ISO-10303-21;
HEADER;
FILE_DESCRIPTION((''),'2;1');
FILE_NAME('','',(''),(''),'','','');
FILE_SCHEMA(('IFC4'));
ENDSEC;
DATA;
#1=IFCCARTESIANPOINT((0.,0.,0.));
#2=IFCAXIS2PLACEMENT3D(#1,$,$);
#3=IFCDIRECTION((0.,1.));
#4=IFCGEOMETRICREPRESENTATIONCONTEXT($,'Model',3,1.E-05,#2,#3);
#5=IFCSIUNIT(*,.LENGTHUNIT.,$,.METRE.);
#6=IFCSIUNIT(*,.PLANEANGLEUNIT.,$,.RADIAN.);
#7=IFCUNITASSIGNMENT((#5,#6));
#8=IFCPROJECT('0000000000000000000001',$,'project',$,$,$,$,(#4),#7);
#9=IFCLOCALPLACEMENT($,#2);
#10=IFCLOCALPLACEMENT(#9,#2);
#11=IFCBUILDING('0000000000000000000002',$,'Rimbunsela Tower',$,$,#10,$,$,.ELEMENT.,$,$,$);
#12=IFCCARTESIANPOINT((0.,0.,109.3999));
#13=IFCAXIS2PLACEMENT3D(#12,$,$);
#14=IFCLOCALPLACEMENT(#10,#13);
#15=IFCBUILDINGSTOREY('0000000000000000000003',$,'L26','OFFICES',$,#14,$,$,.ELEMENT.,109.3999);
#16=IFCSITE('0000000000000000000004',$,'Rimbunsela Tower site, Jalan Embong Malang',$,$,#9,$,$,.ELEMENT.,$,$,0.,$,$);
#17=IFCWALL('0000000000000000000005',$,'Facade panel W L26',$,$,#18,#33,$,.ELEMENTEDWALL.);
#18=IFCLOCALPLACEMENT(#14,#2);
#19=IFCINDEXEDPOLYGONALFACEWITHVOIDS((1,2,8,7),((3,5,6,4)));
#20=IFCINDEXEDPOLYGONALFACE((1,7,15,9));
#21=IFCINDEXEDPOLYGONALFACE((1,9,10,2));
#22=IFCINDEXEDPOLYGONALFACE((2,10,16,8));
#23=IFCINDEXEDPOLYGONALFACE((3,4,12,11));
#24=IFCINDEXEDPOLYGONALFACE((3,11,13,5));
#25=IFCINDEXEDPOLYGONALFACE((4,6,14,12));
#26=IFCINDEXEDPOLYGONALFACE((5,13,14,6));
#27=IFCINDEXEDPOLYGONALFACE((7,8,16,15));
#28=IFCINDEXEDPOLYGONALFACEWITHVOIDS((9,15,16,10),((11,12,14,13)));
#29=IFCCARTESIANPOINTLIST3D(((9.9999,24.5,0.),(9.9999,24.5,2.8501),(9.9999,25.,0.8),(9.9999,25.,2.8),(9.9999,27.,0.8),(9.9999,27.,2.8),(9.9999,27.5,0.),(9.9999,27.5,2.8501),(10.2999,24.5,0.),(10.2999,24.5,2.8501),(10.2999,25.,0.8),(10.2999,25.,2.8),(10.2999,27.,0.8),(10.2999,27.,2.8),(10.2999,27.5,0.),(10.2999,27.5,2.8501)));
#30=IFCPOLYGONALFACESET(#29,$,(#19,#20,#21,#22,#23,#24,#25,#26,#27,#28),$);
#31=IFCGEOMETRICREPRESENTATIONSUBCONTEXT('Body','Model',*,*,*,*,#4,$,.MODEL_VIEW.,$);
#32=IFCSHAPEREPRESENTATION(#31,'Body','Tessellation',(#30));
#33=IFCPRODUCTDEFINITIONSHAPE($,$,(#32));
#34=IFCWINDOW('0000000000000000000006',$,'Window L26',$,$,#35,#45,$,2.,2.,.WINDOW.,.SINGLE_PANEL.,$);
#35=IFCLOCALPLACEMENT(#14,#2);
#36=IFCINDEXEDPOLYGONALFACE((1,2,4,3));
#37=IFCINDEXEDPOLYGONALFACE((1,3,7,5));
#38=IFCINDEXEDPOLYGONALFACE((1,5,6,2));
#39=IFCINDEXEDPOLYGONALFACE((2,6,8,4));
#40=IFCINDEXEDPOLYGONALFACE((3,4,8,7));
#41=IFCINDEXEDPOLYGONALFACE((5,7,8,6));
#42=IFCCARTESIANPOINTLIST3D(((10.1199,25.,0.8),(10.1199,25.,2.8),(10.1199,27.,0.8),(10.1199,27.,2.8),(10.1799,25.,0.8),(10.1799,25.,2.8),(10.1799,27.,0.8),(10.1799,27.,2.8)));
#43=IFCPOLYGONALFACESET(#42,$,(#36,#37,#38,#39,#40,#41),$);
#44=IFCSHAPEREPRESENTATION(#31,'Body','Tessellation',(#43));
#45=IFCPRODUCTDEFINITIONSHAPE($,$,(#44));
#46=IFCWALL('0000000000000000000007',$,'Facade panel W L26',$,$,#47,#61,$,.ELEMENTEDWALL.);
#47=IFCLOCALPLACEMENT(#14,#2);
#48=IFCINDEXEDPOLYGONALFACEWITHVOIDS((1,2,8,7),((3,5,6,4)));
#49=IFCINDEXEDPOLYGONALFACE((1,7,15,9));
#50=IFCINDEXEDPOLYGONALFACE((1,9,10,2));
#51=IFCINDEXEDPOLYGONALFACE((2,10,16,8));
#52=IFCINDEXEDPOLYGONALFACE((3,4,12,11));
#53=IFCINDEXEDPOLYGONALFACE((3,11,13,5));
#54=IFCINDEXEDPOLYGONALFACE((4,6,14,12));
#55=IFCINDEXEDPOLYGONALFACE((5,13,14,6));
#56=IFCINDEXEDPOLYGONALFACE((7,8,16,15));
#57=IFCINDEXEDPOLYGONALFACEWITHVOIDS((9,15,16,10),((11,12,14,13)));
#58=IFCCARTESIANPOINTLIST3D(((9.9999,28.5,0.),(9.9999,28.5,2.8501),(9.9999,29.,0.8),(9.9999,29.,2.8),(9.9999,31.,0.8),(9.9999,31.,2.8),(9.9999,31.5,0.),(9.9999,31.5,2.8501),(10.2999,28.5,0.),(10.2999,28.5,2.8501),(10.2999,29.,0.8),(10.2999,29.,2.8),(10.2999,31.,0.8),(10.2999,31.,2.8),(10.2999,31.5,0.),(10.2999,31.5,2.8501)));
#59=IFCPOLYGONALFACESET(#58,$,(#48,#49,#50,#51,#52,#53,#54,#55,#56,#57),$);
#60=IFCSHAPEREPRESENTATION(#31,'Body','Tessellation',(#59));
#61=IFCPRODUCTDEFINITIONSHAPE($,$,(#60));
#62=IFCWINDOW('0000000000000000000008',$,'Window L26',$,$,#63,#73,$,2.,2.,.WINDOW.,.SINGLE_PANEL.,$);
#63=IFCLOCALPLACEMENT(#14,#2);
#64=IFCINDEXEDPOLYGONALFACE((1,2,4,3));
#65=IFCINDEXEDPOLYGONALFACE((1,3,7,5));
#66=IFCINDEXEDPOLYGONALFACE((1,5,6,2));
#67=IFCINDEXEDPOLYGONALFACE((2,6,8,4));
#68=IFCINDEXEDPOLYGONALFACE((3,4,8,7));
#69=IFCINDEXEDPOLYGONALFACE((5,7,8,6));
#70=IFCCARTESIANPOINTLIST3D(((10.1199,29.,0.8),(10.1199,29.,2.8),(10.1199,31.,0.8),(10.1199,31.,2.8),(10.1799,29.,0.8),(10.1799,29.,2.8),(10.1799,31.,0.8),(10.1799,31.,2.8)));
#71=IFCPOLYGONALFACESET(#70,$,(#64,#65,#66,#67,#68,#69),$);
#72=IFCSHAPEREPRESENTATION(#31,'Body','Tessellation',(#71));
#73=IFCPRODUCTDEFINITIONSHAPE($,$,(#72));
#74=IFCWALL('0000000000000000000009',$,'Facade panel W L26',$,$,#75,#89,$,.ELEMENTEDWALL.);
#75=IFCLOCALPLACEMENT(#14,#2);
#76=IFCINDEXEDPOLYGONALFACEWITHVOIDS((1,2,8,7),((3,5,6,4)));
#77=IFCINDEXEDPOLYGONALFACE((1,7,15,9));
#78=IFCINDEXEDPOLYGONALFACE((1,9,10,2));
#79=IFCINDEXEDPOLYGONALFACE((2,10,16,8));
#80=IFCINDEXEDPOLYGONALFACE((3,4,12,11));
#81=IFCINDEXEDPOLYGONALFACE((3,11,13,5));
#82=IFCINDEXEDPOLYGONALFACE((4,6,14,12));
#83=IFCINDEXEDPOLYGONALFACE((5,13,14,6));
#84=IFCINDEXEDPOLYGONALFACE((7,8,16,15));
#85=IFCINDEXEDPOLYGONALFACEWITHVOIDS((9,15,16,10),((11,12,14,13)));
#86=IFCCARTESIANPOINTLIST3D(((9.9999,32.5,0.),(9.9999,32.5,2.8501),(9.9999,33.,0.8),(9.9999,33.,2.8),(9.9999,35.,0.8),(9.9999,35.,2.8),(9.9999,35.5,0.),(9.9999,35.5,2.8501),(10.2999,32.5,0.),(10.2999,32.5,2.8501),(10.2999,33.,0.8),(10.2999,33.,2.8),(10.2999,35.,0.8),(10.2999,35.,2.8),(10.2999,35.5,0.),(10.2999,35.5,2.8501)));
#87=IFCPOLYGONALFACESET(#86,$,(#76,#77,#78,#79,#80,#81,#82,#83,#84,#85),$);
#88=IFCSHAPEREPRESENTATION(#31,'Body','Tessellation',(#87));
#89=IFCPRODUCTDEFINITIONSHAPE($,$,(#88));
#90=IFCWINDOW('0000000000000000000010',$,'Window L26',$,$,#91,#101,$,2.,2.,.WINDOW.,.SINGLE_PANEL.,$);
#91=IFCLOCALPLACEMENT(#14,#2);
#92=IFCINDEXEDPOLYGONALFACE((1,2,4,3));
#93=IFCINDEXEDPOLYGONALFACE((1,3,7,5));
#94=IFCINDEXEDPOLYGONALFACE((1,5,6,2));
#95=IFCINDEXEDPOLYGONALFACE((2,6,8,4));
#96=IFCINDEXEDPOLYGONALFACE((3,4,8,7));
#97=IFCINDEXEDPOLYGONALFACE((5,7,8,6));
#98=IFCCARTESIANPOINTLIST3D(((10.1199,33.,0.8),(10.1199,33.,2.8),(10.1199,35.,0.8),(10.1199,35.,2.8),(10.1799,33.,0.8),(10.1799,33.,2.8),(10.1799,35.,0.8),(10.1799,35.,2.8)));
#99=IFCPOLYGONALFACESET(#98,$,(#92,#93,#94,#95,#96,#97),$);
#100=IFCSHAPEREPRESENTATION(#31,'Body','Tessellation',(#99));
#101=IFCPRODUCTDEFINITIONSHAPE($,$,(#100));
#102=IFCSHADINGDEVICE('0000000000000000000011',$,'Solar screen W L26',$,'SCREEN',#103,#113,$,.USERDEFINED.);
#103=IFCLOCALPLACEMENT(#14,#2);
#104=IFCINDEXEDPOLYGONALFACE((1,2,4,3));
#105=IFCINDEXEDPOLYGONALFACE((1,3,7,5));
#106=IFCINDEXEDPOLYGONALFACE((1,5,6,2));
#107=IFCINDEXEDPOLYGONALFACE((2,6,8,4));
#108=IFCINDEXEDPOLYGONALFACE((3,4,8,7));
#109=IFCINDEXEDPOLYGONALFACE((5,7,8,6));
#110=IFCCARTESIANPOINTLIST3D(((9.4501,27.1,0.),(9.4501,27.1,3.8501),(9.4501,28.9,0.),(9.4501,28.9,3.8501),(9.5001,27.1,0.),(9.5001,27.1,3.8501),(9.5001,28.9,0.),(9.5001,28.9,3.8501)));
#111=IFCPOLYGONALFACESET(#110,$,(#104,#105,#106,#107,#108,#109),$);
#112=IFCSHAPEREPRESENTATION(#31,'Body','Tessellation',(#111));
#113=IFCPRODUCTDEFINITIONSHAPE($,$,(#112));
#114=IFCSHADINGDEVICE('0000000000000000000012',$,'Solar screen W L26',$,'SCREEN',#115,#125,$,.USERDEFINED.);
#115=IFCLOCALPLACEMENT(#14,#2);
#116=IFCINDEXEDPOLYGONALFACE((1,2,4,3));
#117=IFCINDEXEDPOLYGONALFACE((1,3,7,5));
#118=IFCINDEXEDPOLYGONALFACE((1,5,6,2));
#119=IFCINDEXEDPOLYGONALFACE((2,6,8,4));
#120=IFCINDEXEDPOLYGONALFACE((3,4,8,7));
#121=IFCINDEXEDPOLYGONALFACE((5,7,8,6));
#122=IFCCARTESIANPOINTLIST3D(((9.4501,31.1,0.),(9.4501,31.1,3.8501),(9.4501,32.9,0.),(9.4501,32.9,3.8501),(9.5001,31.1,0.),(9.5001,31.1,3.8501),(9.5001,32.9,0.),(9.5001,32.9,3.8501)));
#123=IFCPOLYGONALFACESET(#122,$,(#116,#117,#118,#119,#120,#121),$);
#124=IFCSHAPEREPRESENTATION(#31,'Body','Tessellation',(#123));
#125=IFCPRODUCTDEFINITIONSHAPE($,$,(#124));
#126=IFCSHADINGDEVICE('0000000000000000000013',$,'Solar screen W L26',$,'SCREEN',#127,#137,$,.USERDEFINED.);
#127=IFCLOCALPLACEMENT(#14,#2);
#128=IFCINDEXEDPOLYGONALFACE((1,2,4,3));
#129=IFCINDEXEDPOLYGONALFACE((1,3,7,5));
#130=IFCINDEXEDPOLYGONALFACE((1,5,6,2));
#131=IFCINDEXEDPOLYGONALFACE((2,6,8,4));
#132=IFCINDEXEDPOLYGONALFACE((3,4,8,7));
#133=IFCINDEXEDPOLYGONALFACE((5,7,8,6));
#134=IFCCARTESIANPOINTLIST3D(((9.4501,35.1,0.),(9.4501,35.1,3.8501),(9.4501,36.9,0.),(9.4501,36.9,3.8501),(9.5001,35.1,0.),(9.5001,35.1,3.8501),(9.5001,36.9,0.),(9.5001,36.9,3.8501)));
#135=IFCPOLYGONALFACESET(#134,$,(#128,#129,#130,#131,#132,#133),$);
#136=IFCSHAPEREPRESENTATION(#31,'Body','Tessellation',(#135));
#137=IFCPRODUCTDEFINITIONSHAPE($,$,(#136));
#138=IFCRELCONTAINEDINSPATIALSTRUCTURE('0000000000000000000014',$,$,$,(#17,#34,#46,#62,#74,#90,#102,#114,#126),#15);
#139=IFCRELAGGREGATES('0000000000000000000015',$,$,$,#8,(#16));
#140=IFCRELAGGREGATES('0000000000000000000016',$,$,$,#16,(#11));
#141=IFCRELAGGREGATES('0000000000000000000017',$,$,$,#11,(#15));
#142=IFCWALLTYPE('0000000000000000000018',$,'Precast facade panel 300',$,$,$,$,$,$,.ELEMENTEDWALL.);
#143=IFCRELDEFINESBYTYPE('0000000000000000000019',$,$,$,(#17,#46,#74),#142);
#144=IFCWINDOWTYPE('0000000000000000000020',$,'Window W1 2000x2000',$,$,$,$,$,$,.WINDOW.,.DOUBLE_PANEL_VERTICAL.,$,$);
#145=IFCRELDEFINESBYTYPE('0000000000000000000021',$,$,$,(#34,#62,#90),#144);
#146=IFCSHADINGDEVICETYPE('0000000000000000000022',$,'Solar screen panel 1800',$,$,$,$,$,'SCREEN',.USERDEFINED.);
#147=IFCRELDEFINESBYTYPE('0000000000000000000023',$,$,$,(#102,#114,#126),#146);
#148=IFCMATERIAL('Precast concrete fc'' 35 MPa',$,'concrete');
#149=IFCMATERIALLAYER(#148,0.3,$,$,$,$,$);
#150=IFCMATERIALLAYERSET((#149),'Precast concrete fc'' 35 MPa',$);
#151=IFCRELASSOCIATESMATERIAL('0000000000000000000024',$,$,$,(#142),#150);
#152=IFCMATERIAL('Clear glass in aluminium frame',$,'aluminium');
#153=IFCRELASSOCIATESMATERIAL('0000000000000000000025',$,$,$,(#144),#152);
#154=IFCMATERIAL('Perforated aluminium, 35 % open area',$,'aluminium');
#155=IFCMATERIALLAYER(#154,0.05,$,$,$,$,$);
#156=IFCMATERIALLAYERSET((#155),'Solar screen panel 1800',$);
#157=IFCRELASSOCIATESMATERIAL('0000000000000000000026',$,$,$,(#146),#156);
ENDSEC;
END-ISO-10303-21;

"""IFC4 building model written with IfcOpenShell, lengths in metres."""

from ifc_helpers import new_model, si_unit, direction, frame, frame_2d, origin, origin_2d, place, context, subcontext, project, spatial, rectangle, extrude, material, layer, layer_set, type_object, element, fill, save


model = new_model("IFC4")

# Units and contexts
model_context = context("Model", 3, precision=1e-05, world=origin(), true_north=direction((0.0, 1.0)))
body_context = subcontext(model_context, "Body", "Model", "MODEL_VIEW")
ifc_project = project(units=[si_unit("LENGTHUNIT", "METRE"), si_unit("PLANEANGLEUNIT", "RADIAN")], contexts=[model_context])

# Site, building, storey
site_placement = place(None, origin())
site = spatial("IfcSite", under=ifc_project, at=site_placement, Name="Rimbunsela Tower site, Jalan Embong Malang", CompositionType="ELEMENT", RefElevation=0.0)
building_placement = place(site_placement, origin())
building = spatial("IfcBuilding", under=site, at=building_placement, Name="Rimbunsela Tower", CompositionType="ELEMENT")
storey_placement = place(building_placement, frame((0.0, 0.0, 109.3999)))
storey = spatial("IfcBuildingStorey", under=building, at=storey_placement, Name="L26", Description="OFFICES", CompositionType="ELEMENT", Elevation=109.3999)

# Walls, openings, windows
ifc_material_1 = material(Name="Precast concrete fc' 35 MPa", Category="concrete")
ifc_layer_1 = layer(ifc_material_1, 0.3)
ifc_layer_set_1 = layer_set([ifc_layer_1], Name="Precast concrete fc' 35 MPa")
wall_type_1 = type_object("IfcWallType", Name="Precast facade panel 300", PredefinedType="ELEMENTEDWALL", material=ifc_layer_set_1)
wall_1_placement = place(storey_placement, frame((10.1499, 27.5, 0.0), z_axis=(0.0, 0.0, 1.0), x_axis=(0.0, -1.0, 0.0)))
wall_1 = element("IfcWall", 1, at=wall_1_placement, inside=storey, type_object=wall_type_1, Name="Facade panel W L26", PredefinedType="ELEMENTEDWALL", context=body_context, shape_type="SweptSolid", body=[
    extrude(rectangle(XDim=3.0, YDim=0.3, at=frame_2d((1.5, 0.0))), origin(), (0.0, 0.0, 1.0), 2.8501),
])
opening_1_placement = place(wall_1_placement, frame((0.5, 0.0, 0.8)))
opening_1 = element("IfcOpeningElement", 2, at=opening_1_placement, cuts=wall_1, PredefinedType="OPENING", context=body_context, shape_type="SweptSolid", body=[
    extrude(rectangle(XDim=2.0, YDim=2.0, at=frame_2d((1.0, 1.0))), frame((0.0, 0.1599, 0.0), z_axis=(0.0, -1.0, 0.0), x_axis=(1.0, 0.0, 0.0)), (0.0, 0.0, 1.0), 0.3201),
])
ifc_material_2 = material(Name="Clear glass in aluminium frame", Category="aluminium")
window_type = type_object("IfcWindowType", Name="Window W1 2000x2000", PartitioningType="DOUBLE_PANEL_VERTICAL", PredefinedType="WINDOW", material=ifc_material_2)
window_1_placement = place(opening_1_placement, origin())
window_1 = element("IfcWindow", 3, at=window_1_placement, inside=storey, type_object=window_type, Name="Window L26", OverallHeight=2.0, OverallWidth=2.0, PartitioningType="SINGLE_PANEL", PredefinedType="WINDOW", context=body_context, shape_type="SweptSolid", body=[
    extrude(rectangle(XDim=2.0, YDim=2.0, at=frame_2d((1.0, 1.0))), frame((0.0, 0.03, 0.0), z_axis=(0.0, -1.0, 0.0), x_axis=(1.0, 0.0, 0.0)), (0.0, 0.0, 1.0), 0.0601),
])
fill(opening_1, window_1)
wall_2_placement = place(storey_placement, frame((10.1499, 31.5, 0.0), z_axis=(0.0, 0.0, 1.0), x_axis=(0.0, -1.0, 0.0)))
wall_2 = element("IfcWall", 4, at=wall_2_placement, inside=storey, type_object=wall_type_1, Name="Facade panel W L26", PredefinedType="ELEMENTEDWALL", context=body_context, shape_type="SweptSolid", body=[
    extrude(rectangle(XDim=3.0, YDim=0.3, at=frame_2d((1.5, 0.0))), origin(), (0.0, 0.0, 1.0), 2.8501),
])
opening_2_placement = place(wall_2_placement, frame((0.5, 0.0, 0.8)))
opening_2 = element("IfcOpeningElement", 5, at=opening_2_placement, cuts=wall_2, PredefinedType="OPENING", context=body_context, shape_type="SweptSolid", body=[
    extrude(rectangle(XDim=2.0, YDim=2.0, at=frame_2d((1.0, 1.0))), frame((0.0, 0.1599, 0.0), z_axis=(0.0, -1.0, 0.0), x_axis=(1.0, 0.0, 0.0)), (0.0, 0.0, 1.0), 0.3201),
])
window_2_placement = place(opening_2_placement, origin())
window_2 = element("IfcWindow", 6, at=window_2_placement, inside=storey, type_object=window_type, Name="Window L26", OverallHeight=2.0, OverallWidth=2.0, PartitioningType="SINGLE_PANEL", PredefinedType="WINDOW", context=body_context, shape_type="SweptSolid", body=[
    extrude(rectangle(XDim=2.0, YDim=2.0, at=frame_2d((1.0, 1.0))), frame((0.0, 0.03, 0.0), z_axis=(0.0, -1.0, 0.0), x_axis=(1.0, 0.0, 0.0)), (0.0, 0.0, 1.0), 0.0601),
])
fill(opening_2, window_2)
wall_3_placement = place(storey_placement, frame((10.1499, 35.5, 0.0), z_axis=(0.0, 0.0, 1.0), x_axis=(0.0, -1.0, 0.0)))
wall_3 = element("IfcWall", 7, at=wall_3_placement, inside=storey, type_object=wall_type_1, Name="Facade panel W L26", PredefinedType="ELEMENTEDWALL", context=body_context, shape_type="SweptSolid", body=[
    extrude(rectangle(XDim=3.0, YDim=0.3, at=frame_2d((1.5, 0.0))), origin(), (0.0, 0.0, 1.0), 2.8501),
])
opening_3_placement = place(wall_3_placement, frame((0.5, 0.0, 0.8)))
opening_3 = element("IfcOpeningElement", 8, at=opening_3_placement, cuts=wall_3, PredefinedType="OPENING", context=body_context, shape_type="SweptSolid", body=[
    extrude(rectangle(XDim=2.0, YDim=2.0, at=frame_2d((1.0, 1.0))), frame((0.0, 0.1599, 0.0), z_axis=(0.0, -1.0, 0.0), x_axis=(1.0, 0.0, 0.0)), (0.0, 0.0, 1.0), 0.3201),
])
window_3_placement = place(opening_3_placement, origin())
window_3 = element("IfcWindow", 9, at=window_3_placement, inside=storey, type_object=window_type, Name="Window L26", OverallHeight=2.0, OverallWidth=2.0, PartitioningType="SINGLE_PANEL", PredefinedType="WINDOW", context=body_context, shape_type="SweptSolid", body=[
    extrude(rectangle(XDim=2.0, YDim=2.0, at=frame_2d((1.0, 1.0))), frame((0.0, 0.03, 0.0), z_axis=(0.0, -1.0, 0.0), x_axis=(1.0, 0.0, 0.0)), (0.0, 0.0, 1.0), 0.0601),
])
fill(opening_3, window_3)

# Shading devices
ifc_material_3 = material(Name="Perforated aluminium, 35 % open area", Category="aluminium")
ifc_layer_2 = layer(ifc_material_3, 0.05)
ifc_layer_set_2 = layer_set([ifc_layer_2], Name="Solar screen panel 1800")
shading_device_type = type_object("IfcShadingDeviceType", Name="Solar screen panel 1800", ElementType="SCREEN", PredefinedType="USERDEFINED", material=ifc_layer_set_2)
for number, where, z_axis, x_axis, name in (
    (10, (9.4751, 28.0, 0.0), (0.0, 0.0, 1.0), (0.0, 1.0, 0.0), "Solar screen W L26"),
    (11, (9.4751, 32.0, 0.0), (0.0, 0.0, 1.0), (0.0, 1.0, 0.0), "Solar screen W L26"),
    (12, (9.4751, 36.0, 0.0), (0.0, 0.0, 1.0), (0.0, 1.0, 0.0), "Solar screen W L26"),
):
    element("IfcShadingDevice", number, at=place(storey_placement, frame(where, z_axis=z_axis, x_axis=x_axis)), inside=storey, type_object=shading_device_type, Name=name, ObjectType="SCREEN", PredefinedType="USERDEFINED", context=body_context, shape_type="SweptSolid", body=[
        extrude(rectangle(XDim=1.8, YDim=0.05, at=origin_2d()), origin(), (0.0, 0.0, 1.0), 3.8501),
    ])

save(model, "model.ifc")
